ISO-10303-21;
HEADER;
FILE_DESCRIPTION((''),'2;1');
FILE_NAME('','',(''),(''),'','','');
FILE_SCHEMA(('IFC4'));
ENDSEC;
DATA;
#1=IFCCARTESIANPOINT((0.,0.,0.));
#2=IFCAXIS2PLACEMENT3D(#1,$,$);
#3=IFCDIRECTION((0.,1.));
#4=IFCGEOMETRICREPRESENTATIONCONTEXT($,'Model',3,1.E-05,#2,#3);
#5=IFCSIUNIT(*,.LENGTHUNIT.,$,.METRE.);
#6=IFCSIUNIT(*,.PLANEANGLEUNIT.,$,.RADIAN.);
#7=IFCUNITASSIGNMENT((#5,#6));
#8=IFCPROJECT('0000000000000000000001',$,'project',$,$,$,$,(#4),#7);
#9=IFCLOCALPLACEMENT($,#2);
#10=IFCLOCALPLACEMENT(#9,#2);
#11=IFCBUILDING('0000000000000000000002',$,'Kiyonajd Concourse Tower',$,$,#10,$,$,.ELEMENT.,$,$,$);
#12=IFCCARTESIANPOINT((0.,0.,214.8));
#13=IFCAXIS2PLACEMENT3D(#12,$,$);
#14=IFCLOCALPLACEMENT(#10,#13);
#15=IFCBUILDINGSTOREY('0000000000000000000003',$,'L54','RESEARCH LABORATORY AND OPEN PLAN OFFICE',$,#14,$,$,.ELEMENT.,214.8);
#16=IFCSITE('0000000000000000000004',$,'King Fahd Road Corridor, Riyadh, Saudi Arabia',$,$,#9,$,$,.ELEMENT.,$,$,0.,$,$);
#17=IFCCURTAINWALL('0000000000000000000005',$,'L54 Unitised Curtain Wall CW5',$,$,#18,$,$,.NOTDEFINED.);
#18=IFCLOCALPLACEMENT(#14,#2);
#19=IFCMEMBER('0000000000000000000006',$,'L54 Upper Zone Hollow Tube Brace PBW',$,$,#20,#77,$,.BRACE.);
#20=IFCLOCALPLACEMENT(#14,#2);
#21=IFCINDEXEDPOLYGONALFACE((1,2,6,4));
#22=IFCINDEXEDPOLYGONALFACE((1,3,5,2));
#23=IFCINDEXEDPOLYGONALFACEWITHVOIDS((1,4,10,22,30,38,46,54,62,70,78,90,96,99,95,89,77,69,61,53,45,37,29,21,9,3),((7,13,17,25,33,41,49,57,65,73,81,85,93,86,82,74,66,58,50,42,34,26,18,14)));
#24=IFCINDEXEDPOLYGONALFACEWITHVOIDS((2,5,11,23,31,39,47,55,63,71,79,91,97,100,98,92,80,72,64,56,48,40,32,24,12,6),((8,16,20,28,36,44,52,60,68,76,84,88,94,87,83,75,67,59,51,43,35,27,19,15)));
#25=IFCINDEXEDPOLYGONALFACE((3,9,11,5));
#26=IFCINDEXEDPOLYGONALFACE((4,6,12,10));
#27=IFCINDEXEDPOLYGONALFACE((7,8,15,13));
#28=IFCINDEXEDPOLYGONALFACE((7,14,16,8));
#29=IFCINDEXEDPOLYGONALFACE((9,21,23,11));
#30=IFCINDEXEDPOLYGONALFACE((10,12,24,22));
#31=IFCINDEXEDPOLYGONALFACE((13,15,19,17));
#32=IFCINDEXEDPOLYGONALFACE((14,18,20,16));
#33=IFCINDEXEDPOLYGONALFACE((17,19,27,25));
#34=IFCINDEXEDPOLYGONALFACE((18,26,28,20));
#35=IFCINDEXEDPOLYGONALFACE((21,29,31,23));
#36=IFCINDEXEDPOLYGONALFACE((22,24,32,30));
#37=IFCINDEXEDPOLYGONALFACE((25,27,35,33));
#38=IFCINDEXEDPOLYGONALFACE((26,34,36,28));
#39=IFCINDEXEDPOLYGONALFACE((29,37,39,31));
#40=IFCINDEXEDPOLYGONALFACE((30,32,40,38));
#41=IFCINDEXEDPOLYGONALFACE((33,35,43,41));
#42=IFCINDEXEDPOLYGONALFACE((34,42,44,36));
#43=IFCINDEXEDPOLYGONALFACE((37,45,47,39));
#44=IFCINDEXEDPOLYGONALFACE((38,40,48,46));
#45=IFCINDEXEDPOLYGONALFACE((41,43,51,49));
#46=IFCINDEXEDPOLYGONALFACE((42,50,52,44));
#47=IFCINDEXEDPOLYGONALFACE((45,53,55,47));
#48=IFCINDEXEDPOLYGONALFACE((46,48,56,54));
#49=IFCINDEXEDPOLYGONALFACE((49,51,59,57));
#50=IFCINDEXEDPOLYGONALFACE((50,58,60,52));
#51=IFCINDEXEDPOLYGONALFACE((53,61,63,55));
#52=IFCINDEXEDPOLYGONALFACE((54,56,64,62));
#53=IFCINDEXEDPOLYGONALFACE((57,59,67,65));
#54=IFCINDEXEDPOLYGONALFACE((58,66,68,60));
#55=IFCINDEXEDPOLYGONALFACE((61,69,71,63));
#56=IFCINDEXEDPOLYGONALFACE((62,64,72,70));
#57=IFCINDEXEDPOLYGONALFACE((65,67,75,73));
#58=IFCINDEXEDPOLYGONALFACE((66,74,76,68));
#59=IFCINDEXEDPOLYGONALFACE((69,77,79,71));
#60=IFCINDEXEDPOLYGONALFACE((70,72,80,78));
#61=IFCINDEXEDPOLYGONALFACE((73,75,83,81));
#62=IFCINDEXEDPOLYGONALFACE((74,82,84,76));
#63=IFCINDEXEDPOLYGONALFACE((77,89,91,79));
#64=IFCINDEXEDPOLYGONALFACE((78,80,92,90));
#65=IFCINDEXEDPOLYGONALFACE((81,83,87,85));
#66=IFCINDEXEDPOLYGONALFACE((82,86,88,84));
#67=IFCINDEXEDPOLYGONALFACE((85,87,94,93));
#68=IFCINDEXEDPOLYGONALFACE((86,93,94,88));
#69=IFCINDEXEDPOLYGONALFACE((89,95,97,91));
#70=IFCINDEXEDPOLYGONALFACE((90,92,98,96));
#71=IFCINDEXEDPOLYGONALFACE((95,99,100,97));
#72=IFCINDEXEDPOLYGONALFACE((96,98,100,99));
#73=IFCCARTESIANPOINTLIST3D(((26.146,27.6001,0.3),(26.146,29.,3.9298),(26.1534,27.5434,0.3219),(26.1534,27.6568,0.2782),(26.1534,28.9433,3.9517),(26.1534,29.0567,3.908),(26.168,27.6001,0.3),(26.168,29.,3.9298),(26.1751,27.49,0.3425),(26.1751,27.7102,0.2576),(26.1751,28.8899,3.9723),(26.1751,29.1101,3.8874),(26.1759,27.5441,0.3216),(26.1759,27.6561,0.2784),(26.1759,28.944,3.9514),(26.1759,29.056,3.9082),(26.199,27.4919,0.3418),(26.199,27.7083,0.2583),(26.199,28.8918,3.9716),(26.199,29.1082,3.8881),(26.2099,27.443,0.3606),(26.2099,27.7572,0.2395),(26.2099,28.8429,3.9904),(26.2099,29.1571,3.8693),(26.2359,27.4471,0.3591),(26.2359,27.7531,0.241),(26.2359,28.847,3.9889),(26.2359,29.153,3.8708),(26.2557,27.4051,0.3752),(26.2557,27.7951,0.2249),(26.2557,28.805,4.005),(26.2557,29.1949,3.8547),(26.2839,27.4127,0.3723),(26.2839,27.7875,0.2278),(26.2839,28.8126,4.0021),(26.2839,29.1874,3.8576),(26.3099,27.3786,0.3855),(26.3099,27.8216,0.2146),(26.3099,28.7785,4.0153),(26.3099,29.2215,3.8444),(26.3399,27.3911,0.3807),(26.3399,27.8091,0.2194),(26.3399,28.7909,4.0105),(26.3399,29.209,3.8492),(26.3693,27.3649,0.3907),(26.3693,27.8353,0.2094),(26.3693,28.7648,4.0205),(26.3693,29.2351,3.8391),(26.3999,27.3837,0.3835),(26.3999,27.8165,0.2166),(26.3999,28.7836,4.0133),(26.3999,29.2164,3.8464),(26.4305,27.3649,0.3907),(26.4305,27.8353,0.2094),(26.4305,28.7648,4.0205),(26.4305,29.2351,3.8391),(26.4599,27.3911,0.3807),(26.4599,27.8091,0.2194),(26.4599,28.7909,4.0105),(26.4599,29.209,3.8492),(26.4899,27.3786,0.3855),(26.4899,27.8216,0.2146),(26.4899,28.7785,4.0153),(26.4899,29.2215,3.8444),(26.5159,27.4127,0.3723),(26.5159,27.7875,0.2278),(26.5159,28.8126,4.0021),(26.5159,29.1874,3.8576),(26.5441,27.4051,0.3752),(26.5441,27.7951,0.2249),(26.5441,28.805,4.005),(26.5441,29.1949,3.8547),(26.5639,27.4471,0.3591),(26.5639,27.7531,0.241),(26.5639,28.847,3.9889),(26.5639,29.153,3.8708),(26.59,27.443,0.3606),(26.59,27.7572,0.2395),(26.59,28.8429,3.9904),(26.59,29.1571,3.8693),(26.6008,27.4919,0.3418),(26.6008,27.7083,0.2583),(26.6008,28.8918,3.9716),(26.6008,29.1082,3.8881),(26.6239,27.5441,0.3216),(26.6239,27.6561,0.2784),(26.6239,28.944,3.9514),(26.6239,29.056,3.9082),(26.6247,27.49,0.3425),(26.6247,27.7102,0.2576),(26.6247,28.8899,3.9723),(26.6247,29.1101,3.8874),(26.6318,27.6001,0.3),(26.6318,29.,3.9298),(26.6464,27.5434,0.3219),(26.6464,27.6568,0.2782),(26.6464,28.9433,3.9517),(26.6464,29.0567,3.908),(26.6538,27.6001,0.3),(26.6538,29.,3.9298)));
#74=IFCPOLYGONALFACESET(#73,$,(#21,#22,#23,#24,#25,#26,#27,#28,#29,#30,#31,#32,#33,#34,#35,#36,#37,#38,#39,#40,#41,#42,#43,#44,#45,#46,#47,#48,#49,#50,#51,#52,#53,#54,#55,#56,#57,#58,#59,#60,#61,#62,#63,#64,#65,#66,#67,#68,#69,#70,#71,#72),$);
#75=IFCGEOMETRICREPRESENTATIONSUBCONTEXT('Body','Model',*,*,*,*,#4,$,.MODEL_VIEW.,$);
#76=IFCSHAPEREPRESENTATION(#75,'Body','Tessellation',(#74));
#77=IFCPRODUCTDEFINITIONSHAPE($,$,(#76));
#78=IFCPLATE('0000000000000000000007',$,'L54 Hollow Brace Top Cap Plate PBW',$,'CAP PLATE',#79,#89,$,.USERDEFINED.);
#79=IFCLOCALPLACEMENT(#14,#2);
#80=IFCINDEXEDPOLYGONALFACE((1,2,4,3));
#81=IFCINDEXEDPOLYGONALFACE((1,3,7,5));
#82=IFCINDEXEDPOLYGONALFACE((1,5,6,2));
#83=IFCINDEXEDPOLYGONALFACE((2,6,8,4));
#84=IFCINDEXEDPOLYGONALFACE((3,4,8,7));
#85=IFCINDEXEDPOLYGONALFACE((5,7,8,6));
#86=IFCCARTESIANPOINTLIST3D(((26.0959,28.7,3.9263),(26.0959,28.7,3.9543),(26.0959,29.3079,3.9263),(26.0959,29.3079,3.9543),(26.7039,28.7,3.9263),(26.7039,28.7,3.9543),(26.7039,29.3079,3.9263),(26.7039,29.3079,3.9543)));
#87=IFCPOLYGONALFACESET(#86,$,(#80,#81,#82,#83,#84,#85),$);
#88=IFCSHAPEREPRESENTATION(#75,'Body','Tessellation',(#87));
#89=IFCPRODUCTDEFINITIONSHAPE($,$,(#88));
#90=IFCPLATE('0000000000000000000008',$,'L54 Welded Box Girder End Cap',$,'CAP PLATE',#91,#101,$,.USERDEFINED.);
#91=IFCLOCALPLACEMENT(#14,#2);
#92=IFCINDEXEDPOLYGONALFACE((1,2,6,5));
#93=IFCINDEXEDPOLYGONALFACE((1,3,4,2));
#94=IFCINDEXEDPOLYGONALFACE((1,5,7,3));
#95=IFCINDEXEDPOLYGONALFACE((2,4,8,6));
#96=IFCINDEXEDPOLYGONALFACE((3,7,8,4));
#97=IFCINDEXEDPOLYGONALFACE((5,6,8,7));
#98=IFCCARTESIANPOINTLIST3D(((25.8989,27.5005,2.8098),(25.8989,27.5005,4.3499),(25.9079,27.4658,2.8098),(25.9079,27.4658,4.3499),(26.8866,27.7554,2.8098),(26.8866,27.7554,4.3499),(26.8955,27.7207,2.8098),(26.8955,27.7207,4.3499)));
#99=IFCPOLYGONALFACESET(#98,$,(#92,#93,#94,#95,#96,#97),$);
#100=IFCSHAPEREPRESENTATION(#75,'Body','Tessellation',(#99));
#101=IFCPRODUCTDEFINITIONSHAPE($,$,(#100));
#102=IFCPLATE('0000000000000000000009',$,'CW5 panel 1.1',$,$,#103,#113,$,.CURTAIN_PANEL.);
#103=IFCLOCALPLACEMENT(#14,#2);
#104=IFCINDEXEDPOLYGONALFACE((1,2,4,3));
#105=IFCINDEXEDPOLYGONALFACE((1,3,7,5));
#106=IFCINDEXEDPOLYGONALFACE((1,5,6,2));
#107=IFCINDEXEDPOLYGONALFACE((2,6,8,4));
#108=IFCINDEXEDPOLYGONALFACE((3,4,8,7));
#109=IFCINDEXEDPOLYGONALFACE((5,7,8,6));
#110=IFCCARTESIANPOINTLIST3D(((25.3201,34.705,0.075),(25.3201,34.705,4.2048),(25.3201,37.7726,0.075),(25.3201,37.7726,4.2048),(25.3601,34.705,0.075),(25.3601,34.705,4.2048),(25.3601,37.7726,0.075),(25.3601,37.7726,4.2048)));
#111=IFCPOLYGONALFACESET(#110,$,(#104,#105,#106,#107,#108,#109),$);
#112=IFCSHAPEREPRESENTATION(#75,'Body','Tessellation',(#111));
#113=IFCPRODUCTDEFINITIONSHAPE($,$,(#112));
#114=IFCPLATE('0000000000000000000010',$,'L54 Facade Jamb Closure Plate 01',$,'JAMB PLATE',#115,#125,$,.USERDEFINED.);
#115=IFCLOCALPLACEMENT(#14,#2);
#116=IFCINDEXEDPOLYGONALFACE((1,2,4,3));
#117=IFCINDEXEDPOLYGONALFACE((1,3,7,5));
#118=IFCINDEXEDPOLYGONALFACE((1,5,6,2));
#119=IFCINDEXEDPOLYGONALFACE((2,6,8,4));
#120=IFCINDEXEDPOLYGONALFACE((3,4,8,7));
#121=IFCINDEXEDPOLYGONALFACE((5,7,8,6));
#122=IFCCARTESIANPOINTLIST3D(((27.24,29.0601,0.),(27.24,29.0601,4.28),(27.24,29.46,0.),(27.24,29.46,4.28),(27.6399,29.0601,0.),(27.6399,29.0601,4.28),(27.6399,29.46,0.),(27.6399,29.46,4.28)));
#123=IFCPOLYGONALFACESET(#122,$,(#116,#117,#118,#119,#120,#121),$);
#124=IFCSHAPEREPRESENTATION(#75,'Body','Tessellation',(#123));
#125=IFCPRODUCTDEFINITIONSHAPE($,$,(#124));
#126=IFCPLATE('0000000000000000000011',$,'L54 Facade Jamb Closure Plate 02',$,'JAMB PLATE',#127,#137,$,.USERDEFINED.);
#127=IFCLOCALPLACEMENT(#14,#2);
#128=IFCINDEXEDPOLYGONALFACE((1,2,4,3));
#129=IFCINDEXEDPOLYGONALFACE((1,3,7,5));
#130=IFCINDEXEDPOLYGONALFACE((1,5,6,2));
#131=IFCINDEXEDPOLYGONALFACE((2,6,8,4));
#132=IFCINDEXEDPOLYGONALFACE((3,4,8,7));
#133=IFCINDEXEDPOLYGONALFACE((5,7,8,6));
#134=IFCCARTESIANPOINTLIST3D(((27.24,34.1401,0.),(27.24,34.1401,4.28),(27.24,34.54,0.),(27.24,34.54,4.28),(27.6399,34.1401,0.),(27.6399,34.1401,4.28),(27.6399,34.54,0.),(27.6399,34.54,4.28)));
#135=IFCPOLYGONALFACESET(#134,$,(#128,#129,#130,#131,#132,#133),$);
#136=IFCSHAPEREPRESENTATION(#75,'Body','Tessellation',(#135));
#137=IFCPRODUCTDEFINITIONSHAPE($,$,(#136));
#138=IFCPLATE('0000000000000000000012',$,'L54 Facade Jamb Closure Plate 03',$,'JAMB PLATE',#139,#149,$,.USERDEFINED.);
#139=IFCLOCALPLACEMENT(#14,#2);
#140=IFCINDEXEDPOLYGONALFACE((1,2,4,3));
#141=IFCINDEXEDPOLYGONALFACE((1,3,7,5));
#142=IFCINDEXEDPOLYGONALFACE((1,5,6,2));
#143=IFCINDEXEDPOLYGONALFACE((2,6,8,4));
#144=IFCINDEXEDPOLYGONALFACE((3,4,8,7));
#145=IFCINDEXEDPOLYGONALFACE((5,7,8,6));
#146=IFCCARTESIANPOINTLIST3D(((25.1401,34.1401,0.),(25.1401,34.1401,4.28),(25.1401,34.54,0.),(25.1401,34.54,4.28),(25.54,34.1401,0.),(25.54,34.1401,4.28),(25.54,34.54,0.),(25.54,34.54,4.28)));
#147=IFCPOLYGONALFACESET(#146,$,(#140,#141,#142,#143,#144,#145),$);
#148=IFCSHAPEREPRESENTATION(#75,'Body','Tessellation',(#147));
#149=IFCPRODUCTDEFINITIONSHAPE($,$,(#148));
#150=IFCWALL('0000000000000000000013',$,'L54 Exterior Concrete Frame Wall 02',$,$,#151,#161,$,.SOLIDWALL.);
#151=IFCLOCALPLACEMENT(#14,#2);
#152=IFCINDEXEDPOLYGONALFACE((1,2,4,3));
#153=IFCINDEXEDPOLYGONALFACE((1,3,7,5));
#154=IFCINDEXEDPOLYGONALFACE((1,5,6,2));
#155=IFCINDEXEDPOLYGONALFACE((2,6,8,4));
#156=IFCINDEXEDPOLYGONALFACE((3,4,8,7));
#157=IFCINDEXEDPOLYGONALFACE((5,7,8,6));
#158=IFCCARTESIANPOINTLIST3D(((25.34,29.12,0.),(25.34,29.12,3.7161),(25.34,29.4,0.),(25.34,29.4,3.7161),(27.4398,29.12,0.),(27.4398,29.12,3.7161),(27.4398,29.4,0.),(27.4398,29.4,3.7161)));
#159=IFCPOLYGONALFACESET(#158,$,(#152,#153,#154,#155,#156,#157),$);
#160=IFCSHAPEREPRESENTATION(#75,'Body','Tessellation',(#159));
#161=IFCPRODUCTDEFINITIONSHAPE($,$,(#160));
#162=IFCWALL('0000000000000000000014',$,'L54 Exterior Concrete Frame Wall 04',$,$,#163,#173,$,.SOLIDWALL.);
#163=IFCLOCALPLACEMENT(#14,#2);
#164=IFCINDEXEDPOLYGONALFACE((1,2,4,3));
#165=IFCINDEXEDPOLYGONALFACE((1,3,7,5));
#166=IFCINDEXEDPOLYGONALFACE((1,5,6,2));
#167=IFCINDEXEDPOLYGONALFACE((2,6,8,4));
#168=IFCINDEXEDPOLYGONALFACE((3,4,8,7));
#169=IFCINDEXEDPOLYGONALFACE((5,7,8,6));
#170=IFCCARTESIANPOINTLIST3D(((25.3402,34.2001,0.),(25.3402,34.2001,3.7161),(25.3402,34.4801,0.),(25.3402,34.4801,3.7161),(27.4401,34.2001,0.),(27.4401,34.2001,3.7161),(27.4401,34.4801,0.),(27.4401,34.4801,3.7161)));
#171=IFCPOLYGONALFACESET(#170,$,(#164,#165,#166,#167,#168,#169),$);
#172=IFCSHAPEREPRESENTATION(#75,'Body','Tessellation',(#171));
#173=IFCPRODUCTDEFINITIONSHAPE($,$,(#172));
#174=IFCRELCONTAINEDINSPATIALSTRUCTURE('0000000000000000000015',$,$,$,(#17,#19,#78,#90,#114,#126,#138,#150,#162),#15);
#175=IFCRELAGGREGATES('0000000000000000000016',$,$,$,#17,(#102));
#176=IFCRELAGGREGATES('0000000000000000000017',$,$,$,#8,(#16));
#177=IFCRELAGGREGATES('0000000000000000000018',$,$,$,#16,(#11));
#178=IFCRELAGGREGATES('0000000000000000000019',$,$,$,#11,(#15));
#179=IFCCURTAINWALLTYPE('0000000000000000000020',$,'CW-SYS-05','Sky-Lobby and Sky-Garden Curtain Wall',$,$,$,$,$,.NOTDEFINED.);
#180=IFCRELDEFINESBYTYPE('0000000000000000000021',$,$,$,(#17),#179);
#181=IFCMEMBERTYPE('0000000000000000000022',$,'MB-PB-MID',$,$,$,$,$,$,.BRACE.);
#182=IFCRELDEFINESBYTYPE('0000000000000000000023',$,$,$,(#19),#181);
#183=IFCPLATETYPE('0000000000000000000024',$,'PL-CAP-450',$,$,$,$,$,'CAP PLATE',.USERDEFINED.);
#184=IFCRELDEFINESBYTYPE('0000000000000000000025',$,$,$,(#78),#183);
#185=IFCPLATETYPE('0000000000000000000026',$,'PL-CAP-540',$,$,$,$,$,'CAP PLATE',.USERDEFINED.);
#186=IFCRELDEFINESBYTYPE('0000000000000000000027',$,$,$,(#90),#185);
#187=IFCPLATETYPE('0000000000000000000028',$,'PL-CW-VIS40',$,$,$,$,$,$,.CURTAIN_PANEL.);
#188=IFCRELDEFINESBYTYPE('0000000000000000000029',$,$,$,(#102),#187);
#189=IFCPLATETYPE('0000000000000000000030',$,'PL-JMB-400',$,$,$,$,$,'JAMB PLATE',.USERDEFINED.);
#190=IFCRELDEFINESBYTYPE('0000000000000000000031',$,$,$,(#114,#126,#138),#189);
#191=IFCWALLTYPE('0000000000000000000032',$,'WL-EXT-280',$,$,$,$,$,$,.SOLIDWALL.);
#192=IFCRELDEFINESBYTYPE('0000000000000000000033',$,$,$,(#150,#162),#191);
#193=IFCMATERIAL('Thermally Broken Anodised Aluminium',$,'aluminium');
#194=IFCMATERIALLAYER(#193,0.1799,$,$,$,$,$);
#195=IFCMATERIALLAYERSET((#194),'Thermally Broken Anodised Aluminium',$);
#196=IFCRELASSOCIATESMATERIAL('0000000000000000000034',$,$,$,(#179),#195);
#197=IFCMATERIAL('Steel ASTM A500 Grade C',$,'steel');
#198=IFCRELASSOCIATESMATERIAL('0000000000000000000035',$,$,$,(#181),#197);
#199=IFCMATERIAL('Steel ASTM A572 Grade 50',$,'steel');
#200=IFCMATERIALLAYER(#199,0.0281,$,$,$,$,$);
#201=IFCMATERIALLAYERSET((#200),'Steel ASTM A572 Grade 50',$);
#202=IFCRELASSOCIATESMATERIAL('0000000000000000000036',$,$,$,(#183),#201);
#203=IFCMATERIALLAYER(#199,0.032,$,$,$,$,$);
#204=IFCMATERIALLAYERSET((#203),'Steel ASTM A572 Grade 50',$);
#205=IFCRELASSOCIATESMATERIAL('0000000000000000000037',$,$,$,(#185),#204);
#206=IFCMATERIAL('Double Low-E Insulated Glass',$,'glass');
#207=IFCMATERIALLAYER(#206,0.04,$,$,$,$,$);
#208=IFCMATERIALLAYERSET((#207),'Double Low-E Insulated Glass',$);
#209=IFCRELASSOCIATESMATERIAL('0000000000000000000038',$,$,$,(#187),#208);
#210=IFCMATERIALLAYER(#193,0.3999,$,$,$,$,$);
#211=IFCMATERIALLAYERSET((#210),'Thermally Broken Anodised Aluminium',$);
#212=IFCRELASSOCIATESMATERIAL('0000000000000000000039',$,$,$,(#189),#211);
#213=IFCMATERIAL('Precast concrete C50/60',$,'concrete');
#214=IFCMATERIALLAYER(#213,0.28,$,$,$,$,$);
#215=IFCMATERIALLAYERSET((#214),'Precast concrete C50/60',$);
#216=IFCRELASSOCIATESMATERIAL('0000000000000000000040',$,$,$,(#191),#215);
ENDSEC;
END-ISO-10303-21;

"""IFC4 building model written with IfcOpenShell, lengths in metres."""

from ifc_helpers import new_model, si_unit, direction, frame, frame_2d, origin, origin_2d, place, context, subcontext, project, spatial, rectangle, hollow_circle, extrude, material, layer, layer_set, material_profile, profile_set, type_object, element, aggregate, save


model = new_model("IFC4")

# Units and contexts
model_context = context("Model", 3, precision=1e-05, world=origin(), true_north=direction((0.0, 1.0)))
body_context = subcontext(model_context, "Body", "Model", "MODEL_VIEW")
ifc_project = project(units=[si_unit("LENGTHUNIT", "METRE"), si_unit("PLANEANGLEUNIT", "RADIAN")], contexts=[model_context])

# Site, building, storey
site_placement = place(None, origin())
site = spatial("IfcSite", under=ifc_project, at=site_placement, Name="King Fahd Road Corridor, Riyadh, Saudi Arabia", CompositionType="ELEMENT", RefElevation=0.0)
building_placement = place(site_placement, origin())
building = spatial("IfcBuilding", under=site, at=building_placement, Name="Kiyonajd Concourse Tower", CompositionType="ELEMENT")
storey_placement = place(building_placement, frame((0.0, 0.0, 214.8)))
storey = spatial("IfcBuildingStorey", under=building, at=storey_placement, Name="L54", Description="RESEARCH LABORATORY AND OPEN PLAN OFFICE", CompositionType="ELEMENT", Elevation=214.8)

# Shared definitions
ifc_material_1 = material(Name="Steel ASTM A572 Grade 50", Category="steel")

# Curtain wall
ifc_material_2 = material(Name="Thermally Broken Anodised Aluminium", Category="aluminium")
ifc_layer_1 = layer(ifc_material_2, 0.1799)
ifc_layer_set_1 = layer_set([ifc_layer_1], Name="Thermally Broken Anodised Aluminium")
curtain_wall_type = type_object("IfcCurtainWallType", Name="CW-SYS-05", Description="Sky-Lobby and Sky-Garden Curtain Wall", PredefinedType="NOTDEFINED", material=ifc_layer_set_1)
curtain_wall_placement = place(storey_placement, origin())
curtain_wall = element("IfcCurtainWall", 1, at=curtain_wall_placement, inside=storey, type_object=curtain_wall_type, Name="L54 Unitised Curtain Wall CW5", PredefinedType="NOTDEFINED")

# Member
ifc_material_3 = material(Name="Steel ASTM A500 Grade C", Category="steel")
ifc_material_profile_1 = material_profile(ifc_material_3, hollow_circle(Radius=0.2539, WallThickness=0.022, at=origin_2d()), Name="CHS-508x22")
ifc_profile_set_1 = profile_set([ifc_material_profile_1], Name="Steel ASTM A500 Grade C")
member_type_1 = type_object("IfcMemberType", Name="MB-PB-MID", PredefinedType="BRACE", material=ifc_profile_set_1)
member_1_placement = place(storey_placement, frame((26.3999, 27.6001, 0.3), z_axis=(0.0, 0.359828, 0.933019), x_axis=(-1.0, 0.0, 0.0)))
element("IfcMember", 2, at=member_1_placement, inside=storey, type_object=member_type_1, Name="L54 Upper Zone Hollow Tube Brace PBW", PredefinedType="BRACE", context=body_context, shape_type="SweptSolid", body=[
    extrude(hollow_circle(Radius=0.2539, WallThickness=0.022, at=origin_2d()), origin(), (0.0, 0.0, 1.0), 3.8904),
])

# Plates
ifc_layer_2 = layer(ifc_material_1, 0.0281)
ifc_layer_set_2 = layer_set([ifc_layer_2], Name="Steel ASTM A572 Grade 50")
plate_type_1 = type_object("IfcPlateType", Name="PL-CAP-450", ElementType="CAP PLATE", PredefinedType="USERDEFINED", material=ifc_layer_set_2)
plate_1_placement = place(storey_placement, frame((26.3999, 29.0039, 3.9263), z_axis=(0.0, 0.0, 1.0), x_axis=(1.0, 0.0, 0.0)))
element("IfcPlate", 3, at=plate_1_placement, inside=storey, type_object=plate_type_1, Name="L54 Hollow Brace Top Cap Plate PBW", ObjectType="CAP PLATE", PredefinedType="USERDEFINED", context=body_context, shape_type="SweptSolid", body=[
    extrude(rectangle(XDim=0.6079, YDim=0.6079, at=origin_2d()), origin(), (0.0, 0.0, 1.0), 0.0281),
])
ifc_layer_3 = layer(ifc_material_1, 0.032)
ifc_layer_set_3 = layer_set([ifc_layer_3], Name="Steel ASTM A572 Grade 50")
plate_type_2 = type_object("IfcPlateType", Name="PL-CAP-540", ElementType="CAP PLATE", PredefinedType="USERDEFINED", material=ifc_layer_set_3)
plate_2_placement = place(storey_placement, frame((26.3972, 27.6106, 2.8098), z_axis=(0.0, 0.0, 1.0), x_axis=(-0.249873, 0.968279, 0.0)))
element("IfcPlate", 4, at=plate_2_placement, inside=storey, type_object=plate_type_2, Name="L54 Welded Box Girder End Cap", ObjectType="CAP PLATE", PredefinedType="USERDEFINED", context=body_context, shape_type="SweptSolid", body=[
    extrude(rectangle(XDim=0.0359, YDim=1.02, at=origin_2d()), origin(), (0.0, 0.0, 1.0), 1.54),
])

# Plate
ifc_material_4 = material(Name="Double Low-E Insulated Glass", Category="glass")
ifc_layer_4 = layer(ifc_material_4, 0.04)
ifc_layer_set_4 = layer_set([ifc_layer_4], Name="Double Low-E Insulated Glass")
plate_type_3 = type_object("IfcPlateType", Name="PL-CW-VIS40", PredefinedType="CURTAIN_PANEL", material=ifc_layer_set_4)
plate_3_placement = place(storey_placement, frame((25.3401, 36.2388, 0.075), z_axis=(0.0, 0.0, 1.0), x_axis=(0.0, 1.0, 0.0)))
plate_3 = element("IfcPlate", 5, at=plate_3_placement, type_object=plate_type_3, Name="CW5 panel 1.1", PredefinedType="CURTAIN_PANEL", context=body_context, shape_type="SweptSolid", body=[
    extrude(rectangle(XDim=3.0676, YDim=0.04, at=origin_2d()), origin(), (0.0, 0.0, 1.0), 4.1299),
])
aggregate(curtain_wall, [plate_3])

# Plates
ifc_layer_5 = layer(ifc_material_2, 0.3999)
ifc_layer_set_5 = layer_set([ifc_layer_5], Name="Thermally Broken Anodised Aluminium")
plate_type_4 = type_object("IfcPlateType", Name="PL-JMB-400", ElementType="JAMB PLATE", PredefinedType="USERDEFINED", material=ifc_layer_set_5)
for number, where, z_axis, x_axis, name in (
    (6, (27.4399, 29.26, 0.0), (0.0, 0.0, 1.0), (1.0, 0.0, 0.0), "L54 Facade Jamb Closure Plate 01"),
    (7, (27.4399, 34.3401, 0.0), (0.0, 0.0, 1.0), (1.0, 0.0, 0.0), "L54 Facade Jamb Closure Plate 02"),
    (8, (25.3401, 34.3401, 0.0), (0.0, 0.0, 1.0), (1.0, 0.0, 0.0), "L54 Facade Jamb Closure Plate 03"),
):
    element("IfcPlate", number, at=place(storey_placement, frame(where, z_axis=z_axis, x_axis=x_axis)), inside=storey, type_object=plate_type_4, Name=name, ObjectType="JAMB PLATE", PredefinedType="USERDEFINED", context=body_context, shape_type="SweptSolid", body=[
        extrude(rectangle(XDim=0.3999, YDim=0.3999, at=origin_2d()), origin(), (0.0, 0.0, 1.0), 4.28),
    ])

# Walls
ifc_material_5 = material(Name="Precast concrete C50/60", Category="concrete")
ifc_layer_6 = layer(ifc_material_5, 0.28)
ifc_layer_set_6 = layer_set([ifc_layer_6], Name="Precast concrete C50/60")
wall_type_1 = type_object("IfcWallType", Name="WL-EXT-280", PredefinedType="SOLIDWALL", material=ifc_layer_set_6)
for number, where, z_axis, x_axis, name in (
    (9, (25.3401, 29.26, 0.0), (0.0, 0.0, 1.0), (1.0, 0.0, 0.0), "L54 Exterior Concrete Frame Wall 02"),
    (10, (27.4399, 34.3401, 0.0), (0.0, 0.0, 1.0), (-1.0, 0.0, 0.0), "L54 Exterior Concrete Frame Wall 04"),
):
    element("IfcWall", number, at=place(storey_placement, frame(where, z_axis=z_axis, x_axis=x_axis)), inside=storey, type_object=wall_type_1, Name=name, PredefinedType="SOLIDWALL", context=body_context, shape_type="SweptSolid", body=[
        extrude(rectangle(XDim=2.0999, YDim=0.28, at=frame_2d((1.0498, 0.0))), origin(), (0.0, 0.0, 1.0), 3.7161),
    ])

save(model, "model.ifc")
